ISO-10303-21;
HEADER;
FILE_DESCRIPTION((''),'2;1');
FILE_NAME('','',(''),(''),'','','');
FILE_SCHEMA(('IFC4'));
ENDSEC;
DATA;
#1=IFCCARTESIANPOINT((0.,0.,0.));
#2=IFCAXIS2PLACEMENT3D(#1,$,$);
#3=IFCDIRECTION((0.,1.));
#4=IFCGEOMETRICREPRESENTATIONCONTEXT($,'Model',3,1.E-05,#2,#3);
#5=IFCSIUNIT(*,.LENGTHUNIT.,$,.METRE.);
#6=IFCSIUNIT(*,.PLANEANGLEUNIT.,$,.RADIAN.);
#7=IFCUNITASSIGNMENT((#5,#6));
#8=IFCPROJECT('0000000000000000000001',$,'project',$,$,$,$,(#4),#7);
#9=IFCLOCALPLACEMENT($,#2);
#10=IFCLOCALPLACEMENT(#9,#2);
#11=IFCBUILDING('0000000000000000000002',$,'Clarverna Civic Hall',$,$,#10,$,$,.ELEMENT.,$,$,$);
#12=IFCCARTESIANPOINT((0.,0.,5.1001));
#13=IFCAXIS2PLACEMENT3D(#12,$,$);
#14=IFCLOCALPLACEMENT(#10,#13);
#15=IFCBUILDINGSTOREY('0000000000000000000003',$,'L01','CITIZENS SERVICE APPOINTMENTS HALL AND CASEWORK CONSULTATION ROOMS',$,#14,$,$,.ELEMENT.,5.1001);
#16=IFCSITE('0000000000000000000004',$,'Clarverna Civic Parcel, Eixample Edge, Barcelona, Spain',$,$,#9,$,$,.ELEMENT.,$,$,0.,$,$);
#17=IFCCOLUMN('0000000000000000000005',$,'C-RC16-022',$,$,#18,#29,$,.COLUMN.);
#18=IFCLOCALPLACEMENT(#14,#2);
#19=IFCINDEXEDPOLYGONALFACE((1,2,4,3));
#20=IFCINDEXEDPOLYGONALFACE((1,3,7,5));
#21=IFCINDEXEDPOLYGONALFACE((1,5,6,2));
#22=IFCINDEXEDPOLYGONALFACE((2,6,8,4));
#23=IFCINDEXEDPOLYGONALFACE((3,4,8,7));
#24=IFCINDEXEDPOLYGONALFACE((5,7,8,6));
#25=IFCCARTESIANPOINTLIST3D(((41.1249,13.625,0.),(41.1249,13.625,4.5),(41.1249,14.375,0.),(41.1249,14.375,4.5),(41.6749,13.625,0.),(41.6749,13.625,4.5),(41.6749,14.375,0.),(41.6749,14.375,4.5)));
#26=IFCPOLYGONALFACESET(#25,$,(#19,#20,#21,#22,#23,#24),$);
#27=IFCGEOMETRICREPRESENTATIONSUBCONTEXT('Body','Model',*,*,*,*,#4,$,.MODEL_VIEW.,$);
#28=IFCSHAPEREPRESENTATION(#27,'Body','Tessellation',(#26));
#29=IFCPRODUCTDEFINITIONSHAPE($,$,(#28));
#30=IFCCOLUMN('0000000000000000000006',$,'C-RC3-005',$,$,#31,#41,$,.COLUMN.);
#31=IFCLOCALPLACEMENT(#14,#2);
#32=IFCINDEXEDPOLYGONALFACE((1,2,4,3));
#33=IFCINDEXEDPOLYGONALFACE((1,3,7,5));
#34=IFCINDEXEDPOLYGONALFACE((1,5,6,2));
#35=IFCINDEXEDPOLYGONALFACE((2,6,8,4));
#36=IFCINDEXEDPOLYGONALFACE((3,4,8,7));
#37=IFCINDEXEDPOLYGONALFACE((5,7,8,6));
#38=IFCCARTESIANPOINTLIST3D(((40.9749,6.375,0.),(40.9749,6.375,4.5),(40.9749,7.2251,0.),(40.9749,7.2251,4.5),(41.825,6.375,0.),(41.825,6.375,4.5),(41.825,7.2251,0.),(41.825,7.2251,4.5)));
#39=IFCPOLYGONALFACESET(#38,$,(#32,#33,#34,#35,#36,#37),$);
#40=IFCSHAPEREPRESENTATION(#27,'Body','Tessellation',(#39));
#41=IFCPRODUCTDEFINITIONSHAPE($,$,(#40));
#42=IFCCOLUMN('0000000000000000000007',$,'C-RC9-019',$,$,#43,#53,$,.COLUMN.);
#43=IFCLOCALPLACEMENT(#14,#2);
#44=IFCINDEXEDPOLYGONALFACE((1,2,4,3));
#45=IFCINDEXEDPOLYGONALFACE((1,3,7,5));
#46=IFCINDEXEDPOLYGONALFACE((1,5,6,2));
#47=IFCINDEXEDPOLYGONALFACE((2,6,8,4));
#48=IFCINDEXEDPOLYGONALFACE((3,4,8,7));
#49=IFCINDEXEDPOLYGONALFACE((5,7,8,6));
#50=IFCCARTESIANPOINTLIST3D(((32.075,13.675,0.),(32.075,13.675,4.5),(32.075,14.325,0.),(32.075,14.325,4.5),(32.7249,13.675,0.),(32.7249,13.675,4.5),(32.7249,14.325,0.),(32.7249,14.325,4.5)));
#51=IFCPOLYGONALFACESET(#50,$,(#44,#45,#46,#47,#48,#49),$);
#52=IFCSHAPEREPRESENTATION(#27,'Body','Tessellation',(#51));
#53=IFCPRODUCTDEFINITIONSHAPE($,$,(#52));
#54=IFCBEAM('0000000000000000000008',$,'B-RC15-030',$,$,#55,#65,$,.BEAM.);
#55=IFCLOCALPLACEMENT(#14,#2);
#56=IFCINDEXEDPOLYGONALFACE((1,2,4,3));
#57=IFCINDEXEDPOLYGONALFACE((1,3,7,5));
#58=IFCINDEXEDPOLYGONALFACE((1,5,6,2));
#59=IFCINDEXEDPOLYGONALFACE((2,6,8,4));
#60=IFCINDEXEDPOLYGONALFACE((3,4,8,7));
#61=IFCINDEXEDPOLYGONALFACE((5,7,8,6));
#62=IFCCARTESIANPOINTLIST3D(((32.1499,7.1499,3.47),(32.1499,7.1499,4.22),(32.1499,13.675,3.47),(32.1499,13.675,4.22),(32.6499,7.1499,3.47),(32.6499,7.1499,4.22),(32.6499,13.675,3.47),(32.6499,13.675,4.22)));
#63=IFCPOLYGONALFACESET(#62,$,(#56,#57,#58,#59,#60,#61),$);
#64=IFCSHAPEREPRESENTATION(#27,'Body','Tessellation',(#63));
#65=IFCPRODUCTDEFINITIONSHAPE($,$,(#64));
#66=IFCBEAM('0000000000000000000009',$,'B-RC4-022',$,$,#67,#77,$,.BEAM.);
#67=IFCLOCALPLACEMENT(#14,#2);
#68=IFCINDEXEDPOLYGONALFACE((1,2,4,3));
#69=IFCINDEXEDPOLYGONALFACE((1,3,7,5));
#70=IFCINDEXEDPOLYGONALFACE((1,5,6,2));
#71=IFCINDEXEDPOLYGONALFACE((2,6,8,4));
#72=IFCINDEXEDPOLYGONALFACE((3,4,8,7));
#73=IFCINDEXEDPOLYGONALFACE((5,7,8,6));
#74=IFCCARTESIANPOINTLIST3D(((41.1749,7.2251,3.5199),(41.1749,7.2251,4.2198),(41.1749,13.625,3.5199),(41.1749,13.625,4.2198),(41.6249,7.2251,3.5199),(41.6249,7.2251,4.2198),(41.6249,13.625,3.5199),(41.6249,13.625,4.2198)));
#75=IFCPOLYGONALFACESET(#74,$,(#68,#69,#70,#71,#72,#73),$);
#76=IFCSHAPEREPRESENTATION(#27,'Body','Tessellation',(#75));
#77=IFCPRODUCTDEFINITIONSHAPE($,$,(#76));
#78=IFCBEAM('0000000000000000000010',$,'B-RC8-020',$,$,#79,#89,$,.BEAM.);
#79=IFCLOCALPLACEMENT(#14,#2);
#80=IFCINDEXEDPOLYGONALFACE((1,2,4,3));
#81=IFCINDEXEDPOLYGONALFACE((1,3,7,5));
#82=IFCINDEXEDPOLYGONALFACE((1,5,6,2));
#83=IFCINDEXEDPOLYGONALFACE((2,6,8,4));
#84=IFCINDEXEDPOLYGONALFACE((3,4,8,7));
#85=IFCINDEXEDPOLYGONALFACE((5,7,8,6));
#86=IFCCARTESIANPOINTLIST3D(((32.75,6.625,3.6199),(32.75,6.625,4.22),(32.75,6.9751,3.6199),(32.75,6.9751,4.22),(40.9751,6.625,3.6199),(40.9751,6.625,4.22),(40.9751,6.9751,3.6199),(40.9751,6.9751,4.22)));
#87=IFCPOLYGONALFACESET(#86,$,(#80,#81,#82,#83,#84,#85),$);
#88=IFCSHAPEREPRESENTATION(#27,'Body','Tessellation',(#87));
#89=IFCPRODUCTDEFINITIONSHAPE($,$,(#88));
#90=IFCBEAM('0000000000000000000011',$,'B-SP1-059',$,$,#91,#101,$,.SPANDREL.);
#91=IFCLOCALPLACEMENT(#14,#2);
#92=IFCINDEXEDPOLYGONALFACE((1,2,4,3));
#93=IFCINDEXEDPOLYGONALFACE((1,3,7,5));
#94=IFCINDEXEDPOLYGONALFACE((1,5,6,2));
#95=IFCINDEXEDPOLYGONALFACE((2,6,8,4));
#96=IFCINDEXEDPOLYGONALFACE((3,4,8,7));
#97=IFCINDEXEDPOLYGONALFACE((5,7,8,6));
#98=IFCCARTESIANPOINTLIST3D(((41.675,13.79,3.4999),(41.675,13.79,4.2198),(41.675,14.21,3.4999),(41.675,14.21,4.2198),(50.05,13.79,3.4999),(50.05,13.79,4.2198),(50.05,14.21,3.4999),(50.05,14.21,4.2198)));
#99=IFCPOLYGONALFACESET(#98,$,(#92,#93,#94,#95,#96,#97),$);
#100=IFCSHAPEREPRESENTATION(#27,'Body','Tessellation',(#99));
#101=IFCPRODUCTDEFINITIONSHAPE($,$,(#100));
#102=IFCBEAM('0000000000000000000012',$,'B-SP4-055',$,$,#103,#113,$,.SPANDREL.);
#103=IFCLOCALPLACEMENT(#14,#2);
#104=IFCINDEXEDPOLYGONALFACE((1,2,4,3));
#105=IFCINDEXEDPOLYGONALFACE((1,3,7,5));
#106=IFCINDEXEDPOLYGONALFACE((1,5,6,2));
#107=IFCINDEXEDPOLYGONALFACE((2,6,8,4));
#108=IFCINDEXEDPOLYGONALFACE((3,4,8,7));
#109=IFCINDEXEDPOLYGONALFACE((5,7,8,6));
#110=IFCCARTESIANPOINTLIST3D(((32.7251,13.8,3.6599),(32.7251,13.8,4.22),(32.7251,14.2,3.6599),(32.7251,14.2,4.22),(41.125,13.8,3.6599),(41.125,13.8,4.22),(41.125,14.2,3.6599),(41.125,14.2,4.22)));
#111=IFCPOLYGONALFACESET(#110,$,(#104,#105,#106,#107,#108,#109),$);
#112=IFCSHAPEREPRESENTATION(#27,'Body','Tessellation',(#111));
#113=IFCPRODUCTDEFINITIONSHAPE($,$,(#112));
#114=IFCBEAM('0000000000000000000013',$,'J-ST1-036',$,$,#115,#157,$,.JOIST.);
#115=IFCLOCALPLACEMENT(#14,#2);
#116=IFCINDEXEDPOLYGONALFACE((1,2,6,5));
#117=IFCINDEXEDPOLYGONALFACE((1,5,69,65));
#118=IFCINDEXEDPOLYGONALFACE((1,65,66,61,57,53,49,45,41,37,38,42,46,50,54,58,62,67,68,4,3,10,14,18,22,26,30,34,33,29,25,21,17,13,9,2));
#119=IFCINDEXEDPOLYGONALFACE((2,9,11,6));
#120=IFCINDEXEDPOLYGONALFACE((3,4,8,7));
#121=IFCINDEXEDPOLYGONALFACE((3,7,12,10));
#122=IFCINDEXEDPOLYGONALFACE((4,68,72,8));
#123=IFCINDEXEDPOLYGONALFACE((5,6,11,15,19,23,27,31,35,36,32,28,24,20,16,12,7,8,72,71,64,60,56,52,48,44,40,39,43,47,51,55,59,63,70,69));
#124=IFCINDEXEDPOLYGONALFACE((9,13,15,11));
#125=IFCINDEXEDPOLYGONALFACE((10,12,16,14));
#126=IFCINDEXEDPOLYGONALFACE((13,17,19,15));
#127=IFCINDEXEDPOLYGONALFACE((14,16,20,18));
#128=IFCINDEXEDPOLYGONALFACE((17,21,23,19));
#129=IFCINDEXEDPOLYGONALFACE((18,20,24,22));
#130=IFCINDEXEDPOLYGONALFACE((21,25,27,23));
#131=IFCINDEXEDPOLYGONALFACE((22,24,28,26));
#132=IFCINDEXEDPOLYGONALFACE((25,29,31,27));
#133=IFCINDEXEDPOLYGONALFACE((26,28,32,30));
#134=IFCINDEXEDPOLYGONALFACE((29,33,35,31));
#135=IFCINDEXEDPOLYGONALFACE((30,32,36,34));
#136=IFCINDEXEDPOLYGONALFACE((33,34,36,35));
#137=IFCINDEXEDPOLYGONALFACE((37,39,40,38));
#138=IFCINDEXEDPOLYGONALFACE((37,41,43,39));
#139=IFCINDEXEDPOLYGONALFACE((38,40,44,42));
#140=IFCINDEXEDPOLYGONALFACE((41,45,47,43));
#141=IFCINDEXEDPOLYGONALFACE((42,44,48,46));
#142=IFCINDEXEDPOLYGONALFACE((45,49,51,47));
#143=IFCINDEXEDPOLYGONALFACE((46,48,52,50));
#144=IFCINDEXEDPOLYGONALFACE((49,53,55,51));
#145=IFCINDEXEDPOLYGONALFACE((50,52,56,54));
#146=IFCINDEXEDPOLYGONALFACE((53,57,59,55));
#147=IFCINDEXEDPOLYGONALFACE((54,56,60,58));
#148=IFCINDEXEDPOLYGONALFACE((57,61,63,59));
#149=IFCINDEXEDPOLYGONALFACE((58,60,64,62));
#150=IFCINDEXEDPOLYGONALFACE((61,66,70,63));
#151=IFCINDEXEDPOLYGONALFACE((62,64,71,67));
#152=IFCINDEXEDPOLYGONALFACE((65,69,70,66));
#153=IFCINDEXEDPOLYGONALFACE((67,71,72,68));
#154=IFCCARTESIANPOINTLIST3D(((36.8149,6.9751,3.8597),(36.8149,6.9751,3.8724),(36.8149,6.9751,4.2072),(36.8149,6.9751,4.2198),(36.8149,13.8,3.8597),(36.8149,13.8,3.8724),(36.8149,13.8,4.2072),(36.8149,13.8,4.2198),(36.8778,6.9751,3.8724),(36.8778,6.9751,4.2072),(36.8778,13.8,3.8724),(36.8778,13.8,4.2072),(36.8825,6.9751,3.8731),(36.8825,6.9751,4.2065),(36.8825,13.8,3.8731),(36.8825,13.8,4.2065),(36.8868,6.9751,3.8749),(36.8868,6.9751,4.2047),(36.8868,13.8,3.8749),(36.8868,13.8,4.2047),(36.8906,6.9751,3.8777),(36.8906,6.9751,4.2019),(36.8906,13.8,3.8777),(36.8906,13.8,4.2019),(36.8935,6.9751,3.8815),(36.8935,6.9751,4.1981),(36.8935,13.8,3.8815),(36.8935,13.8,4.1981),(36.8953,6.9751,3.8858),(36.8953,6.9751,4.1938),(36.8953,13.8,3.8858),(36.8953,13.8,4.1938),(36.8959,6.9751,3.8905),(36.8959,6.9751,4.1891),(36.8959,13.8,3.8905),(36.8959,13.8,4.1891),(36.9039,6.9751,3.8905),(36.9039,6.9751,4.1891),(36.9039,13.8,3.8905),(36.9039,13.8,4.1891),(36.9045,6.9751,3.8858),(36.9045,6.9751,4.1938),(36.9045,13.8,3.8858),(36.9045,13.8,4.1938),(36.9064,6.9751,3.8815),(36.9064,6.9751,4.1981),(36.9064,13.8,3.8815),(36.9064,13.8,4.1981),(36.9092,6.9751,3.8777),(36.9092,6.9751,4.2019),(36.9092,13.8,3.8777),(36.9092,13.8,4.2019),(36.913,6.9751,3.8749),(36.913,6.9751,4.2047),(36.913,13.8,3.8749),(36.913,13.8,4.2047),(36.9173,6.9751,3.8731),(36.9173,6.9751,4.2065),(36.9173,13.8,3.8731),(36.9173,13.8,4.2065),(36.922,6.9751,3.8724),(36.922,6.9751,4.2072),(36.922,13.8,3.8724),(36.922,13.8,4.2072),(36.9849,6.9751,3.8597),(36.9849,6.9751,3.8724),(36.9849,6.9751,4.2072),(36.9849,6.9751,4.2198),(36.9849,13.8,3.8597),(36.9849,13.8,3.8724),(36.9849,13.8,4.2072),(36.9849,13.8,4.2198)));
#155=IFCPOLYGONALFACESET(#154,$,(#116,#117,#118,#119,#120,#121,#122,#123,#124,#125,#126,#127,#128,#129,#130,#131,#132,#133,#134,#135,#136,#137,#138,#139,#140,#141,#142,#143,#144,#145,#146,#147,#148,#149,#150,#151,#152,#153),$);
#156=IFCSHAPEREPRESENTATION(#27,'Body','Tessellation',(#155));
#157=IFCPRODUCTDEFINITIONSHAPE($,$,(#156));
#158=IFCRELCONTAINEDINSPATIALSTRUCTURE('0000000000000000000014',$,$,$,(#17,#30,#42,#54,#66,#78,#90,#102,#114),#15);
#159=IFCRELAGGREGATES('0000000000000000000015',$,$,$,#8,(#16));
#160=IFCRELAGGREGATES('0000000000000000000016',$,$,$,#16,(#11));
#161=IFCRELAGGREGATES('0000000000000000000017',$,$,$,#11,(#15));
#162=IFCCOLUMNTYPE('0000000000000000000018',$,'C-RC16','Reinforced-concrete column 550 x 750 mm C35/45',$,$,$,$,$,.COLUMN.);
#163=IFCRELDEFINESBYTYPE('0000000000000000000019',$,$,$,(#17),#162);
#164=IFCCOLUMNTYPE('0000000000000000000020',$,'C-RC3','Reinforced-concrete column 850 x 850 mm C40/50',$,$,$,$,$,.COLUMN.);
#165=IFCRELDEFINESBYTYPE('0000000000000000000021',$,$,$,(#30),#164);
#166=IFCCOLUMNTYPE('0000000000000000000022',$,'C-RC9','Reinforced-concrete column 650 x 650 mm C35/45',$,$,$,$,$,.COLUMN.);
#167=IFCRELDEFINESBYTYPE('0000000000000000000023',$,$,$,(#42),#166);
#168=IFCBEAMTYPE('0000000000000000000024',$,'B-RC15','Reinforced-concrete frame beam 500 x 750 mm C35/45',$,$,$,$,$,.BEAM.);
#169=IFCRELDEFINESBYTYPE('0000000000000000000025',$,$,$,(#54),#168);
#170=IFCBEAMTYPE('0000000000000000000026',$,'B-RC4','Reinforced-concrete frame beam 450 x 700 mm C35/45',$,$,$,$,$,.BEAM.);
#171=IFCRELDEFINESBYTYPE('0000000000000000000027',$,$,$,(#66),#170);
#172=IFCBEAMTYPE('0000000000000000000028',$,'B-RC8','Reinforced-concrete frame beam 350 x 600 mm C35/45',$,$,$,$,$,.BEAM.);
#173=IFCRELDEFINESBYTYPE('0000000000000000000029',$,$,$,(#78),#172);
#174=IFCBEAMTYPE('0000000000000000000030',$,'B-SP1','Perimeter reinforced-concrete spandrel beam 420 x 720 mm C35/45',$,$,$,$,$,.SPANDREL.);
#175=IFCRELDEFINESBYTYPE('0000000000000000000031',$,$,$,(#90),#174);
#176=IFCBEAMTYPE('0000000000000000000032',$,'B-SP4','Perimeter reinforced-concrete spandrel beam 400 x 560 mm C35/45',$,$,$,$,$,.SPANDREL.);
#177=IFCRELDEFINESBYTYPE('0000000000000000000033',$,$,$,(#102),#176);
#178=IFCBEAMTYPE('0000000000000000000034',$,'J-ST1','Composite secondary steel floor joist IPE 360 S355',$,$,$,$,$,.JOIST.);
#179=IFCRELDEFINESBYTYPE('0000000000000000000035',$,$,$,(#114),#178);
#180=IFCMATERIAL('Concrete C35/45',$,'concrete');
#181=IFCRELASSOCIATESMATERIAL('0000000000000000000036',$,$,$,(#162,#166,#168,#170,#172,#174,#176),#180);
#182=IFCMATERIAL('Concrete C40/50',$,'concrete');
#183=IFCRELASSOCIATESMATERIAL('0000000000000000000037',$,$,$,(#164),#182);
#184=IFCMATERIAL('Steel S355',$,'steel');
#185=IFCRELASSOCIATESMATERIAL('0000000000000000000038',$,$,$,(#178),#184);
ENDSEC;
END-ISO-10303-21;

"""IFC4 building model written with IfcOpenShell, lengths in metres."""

from ifc_helpers import new_model, si_unit, direction, frame, origin, origin_2d, place, context, subcontext, project, spatial, rectangle, i_section, extrude, material, material_profile, profile_set, type_object, element, save


model = new_model("IFC4")

# Units and contexts
model_context = context("Model", 3, precision=1e-05, world=origin(), true_north=direction((0.0, 1.0)))
body_context = subcontext(model_context, "Body", "Model", "MODEL_VIEW")
ifc_project = project(units=[si_unit("LENGTHUNIT", "METRE"), si_unit("PLANEANGLEUNIT", "RADIAN")], contexts=[model_context])

# Site, building, storey
site_placement = place(None, origin())
site = spatial("IfcSite", under=ifc_project, at=site_placement, Name="Clarverna Civic Parcel, Eixample Edge, Barcelona, Spain", CompositionType="ELEMENT", RefElevation=0.0)
building_placement = place(site_placement, origin())
building = spatial("IfcBuilding", under=site, at=building_placement, Name="Clarverna Civic Hall", CompositionType="ELEMENT")
storey_placement = place(building_placement, frame((0.0, 0.0, 5.1001)))
storey = spatial("IfcBuildingStorey", under=building, at=storey_placement, Name="L01", Description="CITIZENS SERVICE APPOINTMENTS HALL AND CASEWORK CONSULTATION ROOMS", CompositionType="ELEMENT", Elevation=5.1001)

# Columns
ifc_material_1 = material(Name="Concrete C35/45", Category="concrete")
ifc_material_profile_1 = material_profile(ifc_material_1, rectangle(XDim=0.55, YDim=0.75, at=origin_2d()), Name="RC 550x750")
ifc_profile_set_1 = profile_set([ifc_material_profile_1], Name="Concrete C35/45")
column_type_1 = type_object("IfcColumnType", Name="C-RC16", Description="Reinforced-concrete column 550 x 750 mm C35/45", PredefinedType="COLUMN", material=ifc_profile_set_1)
column_1_placement = place(storey_placement, frame((41.3999, 14.0, 0.0), z_axis=(0.0, 0.0, 1.0), x_axis=(1.0, 0.0, 0.0)))
element("IfcColumn", 1, at=column_1_placement, inside=storey, type_object=column_type_1, Name="C-RC16-022", PredefinedType="COLUMN", context=body_context, shape_type="SweptSolid", body=[
    extrude(rectangle(XDim=0.55, YDim=0.75, at=origin_2d()), origin(), (0.0, 0.0, 1.0), 4.5),
])
ifc_material_2 = material(Name="Concrete C40/50", Category="concrete")
ifc_material_profile_2 = material_profile(ifc_material_2, rectangle(XDim=0.8501, YDim=0.8501, at=origin_2d()), Name="RC 850x850")
ifc_profile_set_2 = profile_set([ifc_material_profile_2], Name="Concrete C40/50")
column_type_2 = type_object("IfcColumnType", Name="C-RC3", Description="Reinforced-concrete column 850 x 850 mm C40/50", PredefinedType="COLUMN", material=ifc_profile_set_2)
column_2_placement = place(storey_placement, frame((41.3999, 6.8, 0.0), z_axis=(0.0, 0.0, 1.0), x_axis=(1.0, 0.0, 0.0)))
element("IfcColumn", 2, at=column_2_placement, inside=storey, type_object=column_type_2, Name="C-RC3-005", PredefinedType="COLUMN", context=body_context, shape_type="SweptSolid", body=[
    extrude(rectangle(XDim=0.8501, YDim=0.8501, at=origin_2d()), origin(), (0.0, 0.0, 1.0), 4.5),
])
ifc_material_profile_3 = material_profile(ifc_material_1, rectangle(XDim=0.6499, YDim=0.6499, at=origin_2d()), Name="RC 650x650")
ifc_profile_set_3 = profile_set([ifc_material_profile_3], Name="Concrete C35/45")
column_type_3 = type_object("IfcColumnType", Name="C-RC9", Description="Reinforced-concrete column 650 x 650 mm C35/45", PredefinedType="COLUMN", material=ifc_profile_set_3)
column_3_placement = place(storey_placement, frame((32.3999, 14.0, 0.0), z_axis=(0.0, 0.0, 1.0), x_axis=(1.0, 0.0, 0.0)))
element("IfcColumn", 3, at=column_3_placement, inside=storey, type_object=column_type_3, Name="C-RC9-019", PredefinedType="COLUMN", context=body_context, shape_type="SweptSolid", body=[
    extrude(rectangle(XDim=0.6499, YDim=0.6499, at=origin_2d()), origin(), (0.0, 0.0, 1.0), 4.5),
])

# Beams
ifc_material_profile_4 = material_profile(ifc_material_1, rectangle(XDim=0.5, YDim=0.75, at=origin_2d()), Name="RC 500x750")
ifc_profile_set_4 = profile_set([ifc_material_profile_4], Name="Concrete C35/45")
beam_type_1 = type_object("IfcBeamType", Name="B-RC15", Description="Reinforced-concrete frame beam 500 x 750 mm C35/45", PredefinedType="BEAM", material=ifc_profile_set_4)
beam_1_placement = place(storey_placement, frame((32.3999, 7.1499, 3.845), z_axis=(0.0, 1.0, 0.0), x_axis=(-1.0, 0.0, 0.0)))
element("IfcBeam", 4, at=beam_1_placement, inside=storey, type_object=beam_type_1, Name="B-RC15-030", PredefinedType="BEAM", context=body_context, shape_type="SweptSolid", body=[
    extrude(rectangle(XDim=0.5, YDim=0.75, at=origin_2d()), origin(), (0.0, 0.0, 1.0), 6.5251),
])
ifc_material_profile_5 = material_profile(ifc_material_1, rectangle(XDim=0.45, YDim=0.7, at=origin_2d()), Name="RC 450x700")
ifc_profile_set_5 = profile_set([ifc_material_profile_5], Name="Concrete C35/45")
beam_type_2 = type_object("IfcBeamType", Name="B-RC4", Description="Reinforced-concrete frame beam 450 x 700 mm C35/45", PredefinedType="BEAM", material=ifc_profile_set_5)
beam_2_placement = place(storey_placement, frame((41.3999, 7.2251, 3.8699), z_axis=(0.0, 1.0, 0.0), x_axis=(-1.0, 0.0, 0.0)))
element("IfcBeam", 5, at=beam_2_placement, inside=storey, type_object=beam_type_2, Name="B-RC4-022", PredefinedType="BEAM", context=body_context, shape_type="SweptSolid", body=[
    extrude(rectangle(XDim=0.45, YDim=0.7, at=origin_2d()), origin(), (0.0, 0.0, 1.0), 6.3999),
])
ifc_material_profile_6 = material_profile(ifc_material_1, rectangle(XDim=0.3501, YDim=0.6001, at=origin_2d()), Name="RC 350x600")
ifc_profile_set_6 = profile_set([ifc_material_profile_6], Name="Concrete C35/45")
beam_type_3 = type_object("IfcBeamType", Name="B-RC8", Description="Reinforced-concrete frame beam 350 x 600 mm C35/45", PredefinedType="BEAM", material=ifc_profile_set_6)
beam_3_placement = place(storey_placement, frame((32.75, 6.8, 3.9199), z_axis=(1.0, 0.0, 0.0), x_axis=(0.0, 1.0, 0.0)))
element("IfcBeam", 6, at=beam_3_placement, inside=storey, type_object=beam_type_3, Name="B-RC8-020", PredefinedType="BEAM", context=body_context, shape_type="SweptSolid", body=[
    extrude(rectangle(XDim=0.3501, YDim=0.6001, at=origin_2d()), origin(), (0.0, 0.0, 1.0), 8.2251),
])
ifc_material_profile_7 = material_profile(ifc_material_1, rectangle(XDim=0.4199, YDim=0.72, at=origin_2d()), Name="RC 420x720")
ifc_profile_set_7 = profile_set([ifc_material_profile_7], Name="Concrete C35/45")
beam_type_4 = type_object("IfcBeamType", Name="B-SP1", Description="Perimeter reinforced-concrete spandrel beam 420 x 720 mm C35/45", PredefinedType="SPANDREL", material=ifc_profile_set_7)
beam_4_placement = place(storey_placement, frame((41.675, 14.0, 3.8599), z_axis=(1.0, 0.0, 0.0), x_axis=(0.0, 1.0, 0.0)))
element("IfcBeam", 7, at=beam_4_placement, inside=storey, type_object=beam_type_4, Name="B-SP1-059", PredefinedType="SPANDREL", context=body_context, shape_type="SweptSolid", body=[
    extrude(rectangle(XDim=0.4199, YDim=0.72, at=origin_2d()), origin(), (0.0, 0.0, 1.0), 8.375),
])
ifc_material_profile_8 = material_profile(ifc_material_1, rectangle(XDim=0.3999, YDim=0.5601, at=origin_2d()), Name="RC 400x560")
ifc_profile_set_8 = profile_set([ifc_material_profile_8], Name="Concrete C35/45")
beam_type_5 = type_object("IfcBeamType", Name="B-SP4", Description="Perimeter reinforced-concrete spandrel beam 400 x 560 mm C35/45", PredefinedType="SPANDREL", material=ifc_profile_set_8)
beam_5_placement = place(storey_placement, frame((32.7251, 14.0, 3.9399), z_axis=(1.0, 0.0, 0.0), x_axis=(0.0, 1.0, 0.0)))
element("IfcBeam", 8, at=beam_5_placement, inside=storey, type_object=beam_type_5, Name="B-SP4-055", PredefinedType="SPANDREL", context=body_context, shape_type="SweptSolid", body=[
    extrude(rectangle(XDim=0.3999, YDim=0.5601, at=origin_2d()), origin(), (0.0, 0.0, 1.0), 8.3999),
])
ifc_material_3 = material(Name="Steel S355", Category="steel")
ifc_material_profile_9 = material_profile(ifc_material_3, i_section(OverallWidth=0.1699, OverallDepth=0.3601, WebThickness=0.0081, FlangeThickness=0.0127, FilletRadius=0.0181, at=origin_2d()), Name="IPE 360")
ifc_profile_set_9 = profile_set([ifc_material_profile_9], Name="Steel S355")
beam_type_6 = type_object("IfcBeamType", Name="J-ST1", Description="Composite secondary steel floor joist IPE 360 S355", PredefinedType="JOIST", material=ifc_profile_set_9)
beam_6_placement = place(storey_placement, frame((36.8999, 6.9751, 4.0398), z_axis=(0.0, 1.0, 0.0), x_axis=(-1.0, 0.0, 0.0)))
element("IfcBeam", 9, at=beam_6_placement, inside=storey, type_object=beam_type_6, Name="J-ST1-036", PredefinedType="JOIST", context=body_context, shape_type="SweptSolid", body=[
    extrude(i_section(OverallWidth=0.1699, OverallDepth=0.3601, WebThickness=0.0081, FlangeThickness=0.0127, FilletRadius=0.0181, at=origin_2d()), origin(), (0.0, 0.0, 1.0), 6.825),
])

save(model, "model.ifc")
